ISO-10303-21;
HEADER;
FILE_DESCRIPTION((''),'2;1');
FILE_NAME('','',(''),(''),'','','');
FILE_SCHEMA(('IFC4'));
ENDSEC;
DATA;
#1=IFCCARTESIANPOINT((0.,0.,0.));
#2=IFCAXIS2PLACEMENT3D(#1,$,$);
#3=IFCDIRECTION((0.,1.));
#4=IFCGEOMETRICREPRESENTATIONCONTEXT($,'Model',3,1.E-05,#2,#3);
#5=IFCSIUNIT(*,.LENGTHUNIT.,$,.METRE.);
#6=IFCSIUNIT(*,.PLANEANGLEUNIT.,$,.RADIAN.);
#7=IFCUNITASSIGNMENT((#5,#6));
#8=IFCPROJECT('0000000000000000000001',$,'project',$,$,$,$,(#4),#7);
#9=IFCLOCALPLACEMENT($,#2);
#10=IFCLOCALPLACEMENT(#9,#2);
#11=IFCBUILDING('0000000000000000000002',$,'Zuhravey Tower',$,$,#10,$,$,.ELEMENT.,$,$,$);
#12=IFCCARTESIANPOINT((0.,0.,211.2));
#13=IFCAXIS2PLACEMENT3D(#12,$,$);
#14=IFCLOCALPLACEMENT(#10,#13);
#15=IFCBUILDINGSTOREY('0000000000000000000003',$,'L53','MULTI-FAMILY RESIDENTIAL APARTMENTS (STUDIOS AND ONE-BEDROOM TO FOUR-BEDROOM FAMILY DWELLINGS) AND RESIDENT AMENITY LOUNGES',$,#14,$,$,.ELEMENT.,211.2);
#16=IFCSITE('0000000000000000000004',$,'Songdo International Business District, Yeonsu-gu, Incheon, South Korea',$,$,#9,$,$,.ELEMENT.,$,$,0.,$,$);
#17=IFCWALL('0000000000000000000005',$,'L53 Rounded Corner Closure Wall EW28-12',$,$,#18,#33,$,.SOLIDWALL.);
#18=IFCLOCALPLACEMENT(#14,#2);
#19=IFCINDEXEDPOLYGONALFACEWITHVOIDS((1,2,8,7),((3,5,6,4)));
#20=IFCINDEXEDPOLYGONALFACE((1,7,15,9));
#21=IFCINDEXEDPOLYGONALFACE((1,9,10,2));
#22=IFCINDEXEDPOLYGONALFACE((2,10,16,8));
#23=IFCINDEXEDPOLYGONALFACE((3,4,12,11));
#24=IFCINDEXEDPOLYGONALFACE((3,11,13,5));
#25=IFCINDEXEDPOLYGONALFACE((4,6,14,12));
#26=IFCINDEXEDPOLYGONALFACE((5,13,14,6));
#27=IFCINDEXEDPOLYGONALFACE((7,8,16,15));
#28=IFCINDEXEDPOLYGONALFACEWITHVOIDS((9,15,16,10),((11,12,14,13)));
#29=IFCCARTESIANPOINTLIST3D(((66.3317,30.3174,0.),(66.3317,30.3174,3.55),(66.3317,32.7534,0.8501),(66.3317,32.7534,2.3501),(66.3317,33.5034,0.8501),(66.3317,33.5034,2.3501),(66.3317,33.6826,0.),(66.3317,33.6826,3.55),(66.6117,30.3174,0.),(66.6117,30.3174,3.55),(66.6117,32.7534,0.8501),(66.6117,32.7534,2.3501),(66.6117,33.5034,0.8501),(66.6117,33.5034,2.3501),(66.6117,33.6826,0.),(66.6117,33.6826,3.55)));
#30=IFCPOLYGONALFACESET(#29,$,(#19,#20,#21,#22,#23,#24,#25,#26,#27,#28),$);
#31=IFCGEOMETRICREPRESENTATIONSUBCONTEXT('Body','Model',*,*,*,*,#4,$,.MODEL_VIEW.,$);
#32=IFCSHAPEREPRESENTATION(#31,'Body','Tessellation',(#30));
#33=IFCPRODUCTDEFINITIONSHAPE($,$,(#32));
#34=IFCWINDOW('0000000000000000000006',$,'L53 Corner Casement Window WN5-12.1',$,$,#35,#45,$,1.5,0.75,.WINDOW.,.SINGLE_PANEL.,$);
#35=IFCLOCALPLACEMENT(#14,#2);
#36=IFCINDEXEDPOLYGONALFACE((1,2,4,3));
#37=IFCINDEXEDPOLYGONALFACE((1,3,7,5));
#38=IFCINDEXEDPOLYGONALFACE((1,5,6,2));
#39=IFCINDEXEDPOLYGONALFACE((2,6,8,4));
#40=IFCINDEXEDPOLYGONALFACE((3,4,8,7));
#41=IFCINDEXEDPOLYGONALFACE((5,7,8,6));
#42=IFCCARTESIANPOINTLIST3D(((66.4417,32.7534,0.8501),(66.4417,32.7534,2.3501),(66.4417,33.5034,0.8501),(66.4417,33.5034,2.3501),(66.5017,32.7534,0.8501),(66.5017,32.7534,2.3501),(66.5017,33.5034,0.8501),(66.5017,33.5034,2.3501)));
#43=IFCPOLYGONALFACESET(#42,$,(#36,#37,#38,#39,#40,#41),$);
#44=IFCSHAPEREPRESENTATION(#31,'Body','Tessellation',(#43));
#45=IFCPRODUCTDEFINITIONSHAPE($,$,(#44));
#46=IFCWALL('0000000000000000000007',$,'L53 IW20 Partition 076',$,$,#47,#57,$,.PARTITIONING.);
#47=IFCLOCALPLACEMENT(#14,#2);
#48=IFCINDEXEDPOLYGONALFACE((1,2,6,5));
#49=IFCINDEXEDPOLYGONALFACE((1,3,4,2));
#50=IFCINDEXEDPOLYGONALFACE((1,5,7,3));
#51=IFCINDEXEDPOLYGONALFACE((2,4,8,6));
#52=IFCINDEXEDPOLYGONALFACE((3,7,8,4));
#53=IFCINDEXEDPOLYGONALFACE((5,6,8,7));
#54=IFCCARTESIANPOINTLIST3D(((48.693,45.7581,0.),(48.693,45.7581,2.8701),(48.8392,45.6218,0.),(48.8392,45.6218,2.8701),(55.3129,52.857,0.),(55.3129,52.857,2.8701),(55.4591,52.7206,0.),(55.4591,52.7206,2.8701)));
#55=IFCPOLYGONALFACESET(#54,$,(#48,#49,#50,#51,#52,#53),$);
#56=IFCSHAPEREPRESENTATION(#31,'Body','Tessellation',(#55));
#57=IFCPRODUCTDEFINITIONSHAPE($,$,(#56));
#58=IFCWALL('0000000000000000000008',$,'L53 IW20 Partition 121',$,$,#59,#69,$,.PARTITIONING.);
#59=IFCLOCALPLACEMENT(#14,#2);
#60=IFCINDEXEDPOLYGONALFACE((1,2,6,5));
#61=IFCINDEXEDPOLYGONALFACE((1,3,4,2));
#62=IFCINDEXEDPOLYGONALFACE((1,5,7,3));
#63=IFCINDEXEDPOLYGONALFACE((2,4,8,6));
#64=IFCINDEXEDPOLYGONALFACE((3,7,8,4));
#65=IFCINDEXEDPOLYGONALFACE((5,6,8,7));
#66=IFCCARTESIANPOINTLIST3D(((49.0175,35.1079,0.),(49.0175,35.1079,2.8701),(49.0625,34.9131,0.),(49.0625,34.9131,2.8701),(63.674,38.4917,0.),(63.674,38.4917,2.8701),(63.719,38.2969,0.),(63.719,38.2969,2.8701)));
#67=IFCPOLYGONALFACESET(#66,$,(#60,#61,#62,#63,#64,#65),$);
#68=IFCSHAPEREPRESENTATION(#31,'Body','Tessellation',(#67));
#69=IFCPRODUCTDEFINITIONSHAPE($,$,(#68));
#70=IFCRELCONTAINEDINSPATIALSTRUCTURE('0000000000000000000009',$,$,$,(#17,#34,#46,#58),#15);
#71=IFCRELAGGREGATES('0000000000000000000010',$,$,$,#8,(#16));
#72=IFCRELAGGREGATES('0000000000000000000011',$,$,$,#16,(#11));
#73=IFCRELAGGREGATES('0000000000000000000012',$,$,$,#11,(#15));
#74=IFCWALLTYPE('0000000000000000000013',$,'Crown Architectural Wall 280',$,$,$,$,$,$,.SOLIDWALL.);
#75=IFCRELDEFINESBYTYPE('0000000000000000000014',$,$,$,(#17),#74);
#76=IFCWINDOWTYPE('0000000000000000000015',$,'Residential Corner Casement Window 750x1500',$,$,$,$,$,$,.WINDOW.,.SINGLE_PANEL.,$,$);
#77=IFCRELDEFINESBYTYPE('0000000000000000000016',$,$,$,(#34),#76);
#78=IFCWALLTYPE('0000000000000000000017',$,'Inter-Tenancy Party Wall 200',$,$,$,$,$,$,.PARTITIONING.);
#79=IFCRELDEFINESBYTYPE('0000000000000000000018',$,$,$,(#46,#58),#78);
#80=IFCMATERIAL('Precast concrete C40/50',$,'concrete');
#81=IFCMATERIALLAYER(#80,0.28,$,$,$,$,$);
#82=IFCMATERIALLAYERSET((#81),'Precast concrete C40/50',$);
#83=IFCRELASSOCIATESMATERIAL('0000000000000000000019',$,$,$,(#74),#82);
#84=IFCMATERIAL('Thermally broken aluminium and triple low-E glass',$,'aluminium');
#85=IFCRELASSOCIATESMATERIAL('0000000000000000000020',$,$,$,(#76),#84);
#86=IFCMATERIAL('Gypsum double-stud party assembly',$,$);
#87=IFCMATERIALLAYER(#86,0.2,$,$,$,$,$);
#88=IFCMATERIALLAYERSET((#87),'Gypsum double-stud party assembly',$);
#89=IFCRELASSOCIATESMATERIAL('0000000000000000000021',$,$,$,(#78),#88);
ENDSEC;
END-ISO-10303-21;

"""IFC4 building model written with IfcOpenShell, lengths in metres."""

from ifc_helpers import new_model, si_unit, direction, frame, frame_2d, origin, place, context, subcontext, project, spatial, rectangle, extrude, material, layer, layer_set, type_object, element, fill, save


model = new_model("IFC4")

# Units and contexts
model_context = context("Model", 3, precision=1e-05, world=origin(), true_north=direction((0.0, 1.0)))
body_context = subcontext(model_context, "Body", "Model", "MODEL_VIEW")
ifc_project = project(units=[si_unit("LENGTHUNIT", "METRE"), si_unit("PLANEANGLEUNIT", "RADIAN")], contexts=[model_context])

# Site, building, storey
site_placement = place(None, origin())
site = spatial("IfcSite", under=ifc_project, at=site_placement, Name="Songdo International Business District, Yeonsu-gu, Incheon, South Korea", CompositionType="ELEMENT", RefElevation=0.0)
building_placement = place(site_placement, origin())
building = spatial("IfcBuilding", under=site, at=building_placement, Name="Zuhravey Tower", CompositionType="ELEMENT")
storey_placement = place(building_placement, frame((0.0, 0.0, 211.2)))
storey = spatial("IfcBuildingStorey", under=building, at=storey_placement, Name="L53", Description="MULTI-FAMILY RESIDENTIAL APARTMENTS (STUDIOS AND ONE-BEDROOM TO FOUR-BEDROOM FAMILY DWELLINGS) AND RESIDENT AMENITY LOUNGES", CompositionType="ELEMENT", Elevation=211.2)

# Wall, opening, window
ifc_material_1 = material(Name="Precast concrete C40/50", Category="concrete")
ifc_layer_1 = layer(ifc_material_1, 0.28)
ifc_layer_set_1 = layer_set([ifc_layer_1], Name="Precast concrete C40/50")
wall_type_1 = type_object("IfcWallType", Name="Crown Architectural Wall 280", PredefinedType="SOLIDWALL", material=ifc_layer_set_1)
wall_1_placement = place(storey_placement, frame((66.4717, 33.6826, 0.0), z_axis=(0.0, 0.0, 1.0), x_axis=(0.0, -1.0, 0.0)))
wall_1 = element("IfcWall", 1, at=wall_1_placement, inside=storey, type_object=wall_type_1, Name="L53 Rounded Corner Closure Wall EW28-12", PredefinedType="SOLIDWALL", context=body_context, shape_type="SweptSolid", body=[
    extrude(rectangle(XDim=3.3652, YDim=0.28, at=frame_2d((1.6826, 0.0))), origin(), (0.0, 0.0, 1.0), 3.55),
])
opening_1_placement = place(wall_1_placement, frame((0.1792, 0.0, 0.8501)))
opening_1 = element("IfcOpeningElement", 2, at=opening_1_placement, cuts=wall_1, PredefinedType="OPENING", context=body_context, shape_type="SweptSolid", body=[
    extrude(rectangle(XDim=0.75, YDim=1.5, at=frame_2d((0.375, 0.75))), frame((0.0, 0.1521, 0.0), z_axis=(0.0, -1.0, 0.0), x_axis=(1.0, 0.0, 0.0)), (0.0, 0.0, 1.0), 0.304),
])
ifc_material_2 = material(Name="Thermally broken aluminium and triple low-E glass", Category="aluminium")
window_type = type_object("IfcWindowType", Name="Residential Corner Casement Window 750x1500", PartitioningType="SINGLE_PANEL", PredefinedType="WINDOW", material=ifc_material_2)
window_placement = place(opening_1_placement, origin())
window = element("IfcWindow", 3, at=window_placement, inside=storey, type_object=window_type, Name="L53 Corner Casement Window WN5-12.1", OverallHeight=1.5, OverallWidth=0.75, PartitioningType="SINGLE_PANEL", PredefinedType="WINDOW", context=body_context, shape_type="SweptSolid", body=[
    extrude(rectangle(XDim=0.75, YDim=1.5, at=frame_2d((0.375, 0.75))), frame((0.0, 0.03, 0.0), z_axis=(0.0, -1.0, 0.0), x_axis=(1.0, 0.0, 0.0)), (0.0, 0.0, 1.0), 0.0601),
])
fill(opening_1, window)

# Walls
ifc_material_3 = material(Name="Gypsum double-stud party assembly")
ifc_layer_2 = layer(ifc_material_3, 0.2)
ifc_layer_set_2 = layer_set([ifc_layer_2], Name="Gypsum double-stud party assembly")
wall_type_2 = type_object("IfcWallType", Name="Inter-Tenancy Party Wall 200", PredefinedType="PARTITIONING", material=ifc_layer_set_2)
wall_2_placement = place(storey_placement, frame((48.7661, 45.6899, 0.0), z_axis=(0.0, 0.0, 1.0), x_axis=(0.682002, 0.73135, 0.0)))
element("IfcWall", 4, at=wall_2_placement, inside=storey, type_object=wall_type_2, Name="L53 IW20 Partition 076", PredefinedType="PARTITIONING", context=body_context, shape_type="SweptSolid", body=[
    extrude(rectangle(XDim=9.7065, YDim=0.2, at=frame_2d((4.8533, 0.0))), origin(), (0.0, 0.0, 1.0), 2.8701),
])
wall_3_placement = place(storey_placement, frame((49.04, 35.0105, 0.0), z_axis=(0.0, 0.0, 1.0), x_axis=(0.974369, 0.224956, 0.0)))
element("IfcWall", 5, at=wall_3_placement, inside=storey, type_object=wall_type_2, Name="L53 IW20 Partition 121", PredefinedType="PARTITIONING", context=body_context, shape_type="SweptSolid", body=[
    extrude(rectangle(XDim=15.042, YDim=0.2, at=frame_2d((7.521, 0.0))), origin(), (0.0, 0.0, 1.0), 2.8701),
])

save(model, "model.ifc")
